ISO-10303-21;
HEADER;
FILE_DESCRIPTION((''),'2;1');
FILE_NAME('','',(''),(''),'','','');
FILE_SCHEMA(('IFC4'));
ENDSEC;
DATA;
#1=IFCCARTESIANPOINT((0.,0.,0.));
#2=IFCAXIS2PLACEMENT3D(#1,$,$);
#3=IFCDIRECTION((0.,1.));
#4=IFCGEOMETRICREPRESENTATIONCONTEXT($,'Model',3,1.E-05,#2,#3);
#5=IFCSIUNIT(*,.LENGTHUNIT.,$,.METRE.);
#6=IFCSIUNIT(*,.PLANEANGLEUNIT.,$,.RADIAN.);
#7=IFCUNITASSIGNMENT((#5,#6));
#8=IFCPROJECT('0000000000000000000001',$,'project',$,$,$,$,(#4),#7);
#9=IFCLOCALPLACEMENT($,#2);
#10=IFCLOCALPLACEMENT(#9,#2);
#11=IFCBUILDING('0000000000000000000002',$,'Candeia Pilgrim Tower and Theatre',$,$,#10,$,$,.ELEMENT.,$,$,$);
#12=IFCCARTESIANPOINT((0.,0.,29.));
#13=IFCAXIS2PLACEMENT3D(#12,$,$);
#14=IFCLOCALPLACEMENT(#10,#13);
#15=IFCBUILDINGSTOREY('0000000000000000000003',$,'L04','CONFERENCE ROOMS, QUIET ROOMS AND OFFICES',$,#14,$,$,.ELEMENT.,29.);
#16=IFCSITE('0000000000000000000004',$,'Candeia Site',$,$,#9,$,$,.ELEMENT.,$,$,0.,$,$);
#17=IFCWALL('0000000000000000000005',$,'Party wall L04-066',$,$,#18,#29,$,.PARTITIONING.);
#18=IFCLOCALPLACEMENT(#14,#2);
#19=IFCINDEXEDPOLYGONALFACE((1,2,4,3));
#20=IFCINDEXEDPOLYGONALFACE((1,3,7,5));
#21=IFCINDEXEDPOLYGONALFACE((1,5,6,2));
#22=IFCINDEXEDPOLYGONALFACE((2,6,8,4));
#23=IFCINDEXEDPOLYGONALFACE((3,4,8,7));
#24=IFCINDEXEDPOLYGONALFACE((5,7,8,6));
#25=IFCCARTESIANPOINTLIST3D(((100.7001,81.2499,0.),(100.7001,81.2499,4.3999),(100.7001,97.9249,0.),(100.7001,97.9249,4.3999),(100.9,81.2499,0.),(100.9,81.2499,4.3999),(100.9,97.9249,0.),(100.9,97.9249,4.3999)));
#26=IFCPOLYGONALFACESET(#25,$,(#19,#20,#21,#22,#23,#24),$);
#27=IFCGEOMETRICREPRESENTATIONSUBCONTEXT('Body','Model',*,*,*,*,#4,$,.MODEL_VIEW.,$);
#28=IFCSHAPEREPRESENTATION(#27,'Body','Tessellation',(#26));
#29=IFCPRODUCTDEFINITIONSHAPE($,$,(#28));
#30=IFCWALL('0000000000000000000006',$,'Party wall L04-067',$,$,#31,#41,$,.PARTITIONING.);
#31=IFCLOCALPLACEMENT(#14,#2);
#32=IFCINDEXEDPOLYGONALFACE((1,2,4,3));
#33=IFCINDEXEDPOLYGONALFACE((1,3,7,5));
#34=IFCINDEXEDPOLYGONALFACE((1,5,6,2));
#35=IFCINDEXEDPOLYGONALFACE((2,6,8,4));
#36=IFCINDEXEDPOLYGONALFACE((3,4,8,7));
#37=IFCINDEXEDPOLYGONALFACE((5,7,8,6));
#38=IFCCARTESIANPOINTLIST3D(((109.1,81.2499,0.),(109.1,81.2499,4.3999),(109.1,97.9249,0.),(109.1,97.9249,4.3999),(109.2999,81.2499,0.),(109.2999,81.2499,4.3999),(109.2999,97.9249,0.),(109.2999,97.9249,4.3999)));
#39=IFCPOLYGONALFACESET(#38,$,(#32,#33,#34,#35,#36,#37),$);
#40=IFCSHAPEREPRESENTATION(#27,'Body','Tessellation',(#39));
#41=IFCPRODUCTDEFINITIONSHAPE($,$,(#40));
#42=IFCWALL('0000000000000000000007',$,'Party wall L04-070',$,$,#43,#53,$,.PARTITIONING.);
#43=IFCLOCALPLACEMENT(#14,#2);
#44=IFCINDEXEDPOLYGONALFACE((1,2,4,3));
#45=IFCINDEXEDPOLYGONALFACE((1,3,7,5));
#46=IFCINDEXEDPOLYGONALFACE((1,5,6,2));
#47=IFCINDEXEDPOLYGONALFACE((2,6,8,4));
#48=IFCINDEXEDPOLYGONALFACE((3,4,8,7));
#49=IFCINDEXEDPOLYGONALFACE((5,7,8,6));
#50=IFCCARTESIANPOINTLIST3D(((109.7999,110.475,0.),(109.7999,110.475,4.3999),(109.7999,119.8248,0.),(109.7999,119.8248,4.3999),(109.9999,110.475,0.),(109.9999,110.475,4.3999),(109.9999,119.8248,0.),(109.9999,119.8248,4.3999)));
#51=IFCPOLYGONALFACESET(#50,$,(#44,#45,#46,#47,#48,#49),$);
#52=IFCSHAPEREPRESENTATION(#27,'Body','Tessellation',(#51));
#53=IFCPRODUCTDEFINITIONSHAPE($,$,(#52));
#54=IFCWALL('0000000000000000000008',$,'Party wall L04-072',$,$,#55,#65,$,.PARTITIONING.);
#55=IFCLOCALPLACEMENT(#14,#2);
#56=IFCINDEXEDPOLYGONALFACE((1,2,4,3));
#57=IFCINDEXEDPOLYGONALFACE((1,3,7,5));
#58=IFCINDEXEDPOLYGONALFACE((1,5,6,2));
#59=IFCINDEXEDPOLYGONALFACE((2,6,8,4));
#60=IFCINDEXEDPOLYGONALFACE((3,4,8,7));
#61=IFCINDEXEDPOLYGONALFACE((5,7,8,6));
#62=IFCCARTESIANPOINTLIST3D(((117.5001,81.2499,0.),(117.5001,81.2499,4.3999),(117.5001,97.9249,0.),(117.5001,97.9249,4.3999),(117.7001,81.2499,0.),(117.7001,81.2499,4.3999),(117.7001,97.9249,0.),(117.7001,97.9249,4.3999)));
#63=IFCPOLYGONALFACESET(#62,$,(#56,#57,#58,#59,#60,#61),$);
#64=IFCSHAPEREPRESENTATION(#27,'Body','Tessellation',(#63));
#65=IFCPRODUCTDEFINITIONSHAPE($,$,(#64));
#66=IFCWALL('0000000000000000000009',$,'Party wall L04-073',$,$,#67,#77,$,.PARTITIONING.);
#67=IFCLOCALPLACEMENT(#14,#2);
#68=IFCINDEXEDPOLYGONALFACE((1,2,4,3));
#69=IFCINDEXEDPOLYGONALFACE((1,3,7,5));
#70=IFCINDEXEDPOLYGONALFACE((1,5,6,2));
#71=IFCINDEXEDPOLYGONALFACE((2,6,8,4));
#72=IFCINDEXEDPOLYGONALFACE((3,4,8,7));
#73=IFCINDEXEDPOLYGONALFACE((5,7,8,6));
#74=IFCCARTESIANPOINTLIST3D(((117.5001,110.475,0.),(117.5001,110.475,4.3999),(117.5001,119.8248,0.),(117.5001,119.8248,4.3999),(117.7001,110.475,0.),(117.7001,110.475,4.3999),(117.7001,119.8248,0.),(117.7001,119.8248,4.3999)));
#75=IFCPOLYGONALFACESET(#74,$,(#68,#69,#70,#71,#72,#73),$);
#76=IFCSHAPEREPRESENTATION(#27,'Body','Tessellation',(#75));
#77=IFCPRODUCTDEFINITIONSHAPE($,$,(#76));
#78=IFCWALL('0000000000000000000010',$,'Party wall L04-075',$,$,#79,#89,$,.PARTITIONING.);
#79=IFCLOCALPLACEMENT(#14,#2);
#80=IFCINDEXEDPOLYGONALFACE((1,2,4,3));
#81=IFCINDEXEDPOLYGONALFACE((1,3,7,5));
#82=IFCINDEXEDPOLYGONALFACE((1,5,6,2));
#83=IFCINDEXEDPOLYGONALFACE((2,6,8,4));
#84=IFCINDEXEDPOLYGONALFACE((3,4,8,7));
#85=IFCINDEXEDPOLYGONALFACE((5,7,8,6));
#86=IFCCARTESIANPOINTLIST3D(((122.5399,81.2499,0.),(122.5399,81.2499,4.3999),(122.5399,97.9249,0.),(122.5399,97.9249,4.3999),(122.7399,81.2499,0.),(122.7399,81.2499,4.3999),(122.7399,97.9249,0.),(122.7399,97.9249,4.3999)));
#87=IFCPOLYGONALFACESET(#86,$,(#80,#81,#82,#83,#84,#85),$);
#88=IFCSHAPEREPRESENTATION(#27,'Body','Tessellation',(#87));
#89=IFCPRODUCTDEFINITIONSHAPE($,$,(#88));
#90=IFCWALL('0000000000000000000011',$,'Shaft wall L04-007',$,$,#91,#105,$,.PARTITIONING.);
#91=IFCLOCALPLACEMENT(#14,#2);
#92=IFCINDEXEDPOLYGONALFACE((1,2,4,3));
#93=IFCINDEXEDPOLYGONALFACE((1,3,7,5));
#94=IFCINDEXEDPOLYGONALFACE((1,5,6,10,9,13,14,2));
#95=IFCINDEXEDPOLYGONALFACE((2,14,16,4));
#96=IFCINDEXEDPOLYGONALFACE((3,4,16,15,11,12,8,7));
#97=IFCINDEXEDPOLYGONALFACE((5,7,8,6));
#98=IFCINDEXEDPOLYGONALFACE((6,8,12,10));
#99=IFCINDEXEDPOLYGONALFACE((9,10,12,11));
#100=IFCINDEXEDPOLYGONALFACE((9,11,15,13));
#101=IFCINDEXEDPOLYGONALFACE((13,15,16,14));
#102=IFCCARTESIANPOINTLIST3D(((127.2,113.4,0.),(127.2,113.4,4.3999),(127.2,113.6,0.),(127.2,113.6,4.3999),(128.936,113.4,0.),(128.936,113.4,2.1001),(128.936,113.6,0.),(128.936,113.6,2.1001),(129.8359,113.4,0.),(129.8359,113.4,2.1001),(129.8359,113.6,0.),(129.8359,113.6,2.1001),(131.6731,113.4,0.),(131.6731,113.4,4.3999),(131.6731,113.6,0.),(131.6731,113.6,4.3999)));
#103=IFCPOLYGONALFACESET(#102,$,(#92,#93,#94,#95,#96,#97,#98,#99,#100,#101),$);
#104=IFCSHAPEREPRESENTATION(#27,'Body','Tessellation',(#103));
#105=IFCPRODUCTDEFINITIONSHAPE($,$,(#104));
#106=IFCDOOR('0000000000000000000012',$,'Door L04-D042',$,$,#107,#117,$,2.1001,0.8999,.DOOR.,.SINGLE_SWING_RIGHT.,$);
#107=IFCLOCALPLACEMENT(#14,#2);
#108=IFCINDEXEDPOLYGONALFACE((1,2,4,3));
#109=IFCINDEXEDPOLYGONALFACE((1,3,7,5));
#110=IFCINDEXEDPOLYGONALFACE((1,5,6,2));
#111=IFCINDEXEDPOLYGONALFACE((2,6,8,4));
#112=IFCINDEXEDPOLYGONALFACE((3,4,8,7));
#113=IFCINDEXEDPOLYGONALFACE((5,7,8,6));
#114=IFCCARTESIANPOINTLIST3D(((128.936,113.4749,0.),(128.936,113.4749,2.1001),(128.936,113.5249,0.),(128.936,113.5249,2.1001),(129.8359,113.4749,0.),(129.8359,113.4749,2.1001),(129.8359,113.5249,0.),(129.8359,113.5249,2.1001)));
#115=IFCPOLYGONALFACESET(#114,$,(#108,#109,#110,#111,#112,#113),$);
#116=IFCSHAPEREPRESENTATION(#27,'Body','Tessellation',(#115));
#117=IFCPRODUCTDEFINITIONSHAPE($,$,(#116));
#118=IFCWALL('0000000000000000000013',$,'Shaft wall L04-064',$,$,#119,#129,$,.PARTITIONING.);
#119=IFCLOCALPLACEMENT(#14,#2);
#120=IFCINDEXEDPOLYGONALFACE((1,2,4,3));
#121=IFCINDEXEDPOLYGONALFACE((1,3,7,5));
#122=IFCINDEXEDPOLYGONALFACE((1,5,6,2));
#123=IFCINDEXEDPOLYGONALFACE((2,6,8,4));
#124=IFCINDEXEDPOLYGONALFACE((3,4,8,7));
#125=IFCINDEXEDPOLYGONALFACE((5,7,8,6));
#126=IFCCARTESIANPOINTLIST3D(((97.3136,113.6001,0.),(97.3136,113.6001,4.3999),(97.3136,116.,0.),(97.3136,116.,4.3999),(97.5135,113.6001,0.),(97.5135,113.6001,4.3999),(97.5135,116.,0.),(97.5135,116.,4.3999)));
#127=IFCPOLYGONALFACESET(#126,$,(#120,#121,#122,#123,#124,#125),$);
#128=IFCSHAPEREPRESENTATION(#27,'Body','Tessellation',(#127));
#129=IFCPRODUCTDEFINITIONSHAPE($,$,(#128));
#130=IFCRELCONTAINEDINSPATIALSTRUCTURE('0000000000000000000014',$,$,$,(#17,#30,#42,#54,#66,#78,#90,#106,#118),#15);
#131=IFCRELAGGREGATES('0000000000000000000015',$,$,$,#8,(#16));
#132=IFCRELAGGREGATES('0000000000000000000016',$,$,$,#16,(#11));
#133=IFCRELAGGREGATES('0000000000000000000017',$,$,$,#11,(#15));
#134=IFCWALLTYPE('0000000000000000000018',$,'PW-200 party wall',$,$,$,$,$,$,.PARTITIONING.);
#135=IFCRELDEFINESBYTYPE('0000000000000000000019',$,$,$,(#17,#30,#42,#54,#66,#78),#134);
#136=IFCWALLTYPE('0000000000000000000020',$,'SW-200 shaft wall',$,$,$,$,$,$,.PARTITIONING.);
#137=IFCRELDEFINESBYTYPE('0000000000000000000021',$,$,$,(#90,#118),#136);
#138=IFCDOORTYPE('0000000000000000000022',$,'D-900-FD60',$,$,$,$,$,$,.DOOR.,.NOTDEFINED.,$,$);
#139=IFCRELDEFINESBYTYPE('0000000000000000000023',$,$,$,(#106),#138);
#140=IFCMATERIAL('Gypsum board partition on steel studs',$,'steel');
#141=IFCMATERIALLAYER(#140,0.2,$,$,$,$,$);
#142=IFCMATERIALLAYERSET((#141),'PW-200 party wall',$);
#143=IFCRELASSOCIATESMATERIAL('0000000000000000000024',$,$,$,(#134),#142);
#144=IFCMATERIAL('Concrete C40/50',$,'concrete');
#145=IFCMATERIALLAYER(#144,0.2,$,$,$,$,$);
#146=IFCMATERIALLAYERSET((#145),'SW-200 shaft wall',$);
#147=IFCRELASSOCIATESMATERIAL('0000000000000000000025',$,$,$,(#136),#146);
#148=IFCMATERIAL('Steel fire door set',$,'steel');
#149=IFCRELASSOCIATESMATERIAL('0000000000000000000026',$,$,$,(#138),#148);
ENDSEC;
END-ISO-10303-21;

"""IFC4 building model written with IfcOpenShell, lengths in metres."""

from ifc_helpers import new_model, si_unit, direction, frame, frame_2d, origin, place, context, subcontext, project, spatial, rectangle, extrude, material, layer, layer_set, type_object, element, fill, save


model = new_model("IFC4")

# Units and contexts
model_context = context("Model", 3, precision=1e-05, world=origin(), true_north=direction((0.0, 1.0)))
body_context = subcontext(model_context, "Body", "Model", "MODEL_VIEW")
ifc_project = project(units=[si_unit("LENGTHUNIT", "METRE"), si_unit("PLANEANGLEUNIT", "RADIAN")], contexts=[model_context])

# Site, building, storey
site_placement = place(None, origin())
site = spatial("IfcSite", under=ifc_project, at=site_placement, Name="Candeia Site", CompositionType="ELEMENT", RefElevation=0.0)
building_placement = place(site_placement, origin())
building = spatial("IfcBuilding", under=site, at=building_placement, Name="Candeia Pilgrim Tower and Theatre", CompositionType="ELEMENT")
storey_placement = place(building_placement, frame((0.0, 0.0, 29.0)))
storey = spatial("IfcBuildingStorey", under=building, at=storey_placement, Name="L04", Description="CONFERENCE ROOMS, QUIET ROOMS AND OFFICES", CompositionType="ELEMENT", Elevation=29.0)

# Shared definitions
ifc_material_1 = material(Name="Steel fire door set", Category="steel")

# Walls
ifc_material_2 = material(Name="Gypsum board partition on steel studs", Category="steel")
ifc_layer_1 = layer(ifc_material_2, 0.2)
ifc_layer_set_1 = layer_set([ifc_layer_1], Name="PW-200 party wall")
wall_type_1 = type_object("IfcWallType", Name="PW-200 party wall", PredefinedType="PARTITIONING", material=ifc_layer_set_1)
for number, where, z_axis, x_axis, name in (
    (1, (100.8, 81.25, 0.0), (0.0, 0.0, 1.0), (0.0, 1.0, 0.0), "Party wall L04-066"),
    (2, (109.2, 81.25, 0.0), (0.0, 0.0, 1.0), (0.0, 1.0, 0.0), "Party wall L04-067"),
):
    element("IfcWall", number, at=place(storey_placement, frame(where, z_axis=z_axis, x_axis=x_axis)), inside=storey, type_object=wall_type_1, Name=name, PredefinedType="PARTITIONING", context=body_context, shape_type="SweptSolid", body=[
        extrude(rectangle(XDim=16.675, YDim=0.2, at=frame_2d((8.3374, 0.0))), origin(), (0.0, 0.0, 1.0), 4.3999),
    ])
wall_1_placement = place(storey_placement, frame((109.8999, 110.4751, 0.0), z_axis=(0.0, 0.0, 1.0), x_axis=(0.0, 1.0, 0.0)))
element("IfcWall", 3, at=wall_1_placement, inside=storey, type_object=wall_type_1, Name="Party wall L04-070", PredefinedType="PARTITIONING", context=body_context, shape_type="SweptSolid", body=[
    extrude(rectangle(XDim=9.3499, YDim=0.2, at=frame_2d((4.6748, 0.0))), origin(), (0.0, 0.0, 1.0), 4.3999),
])
wall_2_placement = place(storey_placement, frame((117.6001, 81.25, 0.0), z_axis=(0.0, 0.0, 1.0), x_axis=(0.0, 1.0, 0.0)))
element("IfcWall", 4, at=wall_2_placement, inside=storey, type_object=wall_type_1, Name="Party wall L04-072", PredefinedType="PARTITIONING", context=body_context, shape_type="SweptSolid", body=[
    extrude(rectangle(XDim=16.675, YDim=0.2, at=frame_2d((8.3374, 0.0))), origin(), (0.0, 0.0, 1.0), 4.3999),
])
wall_3_placement = place(storey_placement, frame((117.6001, 110.4751, 0.0), z_axis=(0.0, 0.0, 1.0), x_axis=(0.0, 1.0, 0.0)))
element("IfcWall", 5, at=wall_3_placement, inside=storey, type_object=wall_type_1, Name="Party wall L04-073", PredefinedType="PARTITIONING", context=body_context, shape_type="SweptSolid", body=[
    extrude(rectangle(XDim=9.3499, YDim=0.2, at=frame_2d((4.6748, 0.0))), origin(), (0.0, 0.0, 1.0), 4.3999),
])
wall_4_placement = place(storey_placement, frame((122.6399, 81.25, 0.0), z_axis=(0.0, 0.0, 1.0), x_axis=(0.0, 1.0, 0.0)))
element("IfcWall", 6, at=wall_4_placement, inside=storey, type_object=wall_type_1, Name="Party wall L04-075", PredefinedType="PARTITIONING", context=body_context, shape_type="SweptSolid", body=[
    extrude(rectangle(XDim=16.675, YDim=0.2, at=frame_2d((8.3374, 0.0))), origin(), (0.0, 0.0, 1.0), 4.3999),
])

# Wall, opening, door
ifc_material_3 = material(Name="Concrete C40/50", Category="concrete")
ifc_layer_2 = layer(ifc_material_3, 0.2)
ifc_layer_set_2 = layer_set([ifc_layer_2], Name="SW-200 shaft wall")
wall_type_2 = type_object("IfcWallType", Name="SW-200 shaft wall", PredefinedType="PARTITIONING", material=ifc_layer_set_2)
wall_5_placement = place(storey_placement, frame((127.2, 113.5, 0.0), z_axis=(0.0, 0.0, 1.0), x_axis=(1.0, 0.0, 0.0)))
wall_5 = element("IfcWall", 7, at=wall_5_placement, inside=storey, type_object=wall_type_2, Name="Shaft wall L04-007", PredefinedType="PARTITIONING", context=body_context, shape_type="SweptSolid", body=[
    extrude(rectangle(XDim=4.4731, YDim=0.2, at=frame_2d((2.2366, 0.0))), origin(), (0.0, 0.0, 1.0), 4.3999),
])
opening_1_placement = place(wall_5_placement, frame((1.7361, 0.0, 0.0)))
opening_1 = element("IfcOpeningElement", 8, at=opening_1_placement, cuts=wall_5, PredefinedType="OPENING", context=body_context, shape_type="SweptSolid", body=[
    extrude(rectangle(XDim=0.8999, YDim=2.1001, at=frame_2d((0.45, 1.05))), frame((0.0, 0.1099, 0.0), z_axis=(0.0, -1.0, 0.0), x_axis=(1.0, 0.0, 0.0)), (0.0, 0.0, 1.0), 0.22),
])
door_type_1 = type_object("IfcDoorType", Name="D-900-FD60", OperationType="NOTDEFINED", PredefinedType="DOOR", material=ifc_material_1)
door_1_placement = place(opening_1_placement, origin())
door_1 = element("IfcDoor", 9, at=door_1_placement, inside=storey, type_object=door_type_1, Name="Door L04-D042", OperationType="SINGLE_SWING_RIGHT", OverallHeight=2.1001, OverallWidth=0.8999, PredefinedType="DOOR", context=body_context, shape_type="SweptSolid", body=[
    extrude(rectangle(XDim=0.8999, YDim=2.1001, at=frame_2d((0.45, 1.05))), frame((0.0, 0.0249, 0.0), z_axis=(0.0, -1.0, 0.0), x_axis=(1.0, 0.0, 0.0)), (0.0, 0.0, 1.0), 0.05),
])
fill(opening_1, door_1)

# Wall
wall_6_placement = place(storey_placement, frame((97.4136, 113.6001, 0.0), z_axis=(0.0, 0.0, 1.0), x_axis=(0.0, 1.0, 0.0)))
element("IfcWall", 10, at=wall_6_placement, inside=storey, type_object=wall_type_2, Name="Shaft wall L04-064", PredefinedType="PARTITIONING", context=body_context, shape_type="SweptSolid", body=[
    extrude(rectangle(XDim=2.3999, YDim=0.2, at=frame_2d((1.2, 0.0))), origin(), (0.0, 0.0, 1.0), 4.3999),
])

save(model, "model.ifc")
